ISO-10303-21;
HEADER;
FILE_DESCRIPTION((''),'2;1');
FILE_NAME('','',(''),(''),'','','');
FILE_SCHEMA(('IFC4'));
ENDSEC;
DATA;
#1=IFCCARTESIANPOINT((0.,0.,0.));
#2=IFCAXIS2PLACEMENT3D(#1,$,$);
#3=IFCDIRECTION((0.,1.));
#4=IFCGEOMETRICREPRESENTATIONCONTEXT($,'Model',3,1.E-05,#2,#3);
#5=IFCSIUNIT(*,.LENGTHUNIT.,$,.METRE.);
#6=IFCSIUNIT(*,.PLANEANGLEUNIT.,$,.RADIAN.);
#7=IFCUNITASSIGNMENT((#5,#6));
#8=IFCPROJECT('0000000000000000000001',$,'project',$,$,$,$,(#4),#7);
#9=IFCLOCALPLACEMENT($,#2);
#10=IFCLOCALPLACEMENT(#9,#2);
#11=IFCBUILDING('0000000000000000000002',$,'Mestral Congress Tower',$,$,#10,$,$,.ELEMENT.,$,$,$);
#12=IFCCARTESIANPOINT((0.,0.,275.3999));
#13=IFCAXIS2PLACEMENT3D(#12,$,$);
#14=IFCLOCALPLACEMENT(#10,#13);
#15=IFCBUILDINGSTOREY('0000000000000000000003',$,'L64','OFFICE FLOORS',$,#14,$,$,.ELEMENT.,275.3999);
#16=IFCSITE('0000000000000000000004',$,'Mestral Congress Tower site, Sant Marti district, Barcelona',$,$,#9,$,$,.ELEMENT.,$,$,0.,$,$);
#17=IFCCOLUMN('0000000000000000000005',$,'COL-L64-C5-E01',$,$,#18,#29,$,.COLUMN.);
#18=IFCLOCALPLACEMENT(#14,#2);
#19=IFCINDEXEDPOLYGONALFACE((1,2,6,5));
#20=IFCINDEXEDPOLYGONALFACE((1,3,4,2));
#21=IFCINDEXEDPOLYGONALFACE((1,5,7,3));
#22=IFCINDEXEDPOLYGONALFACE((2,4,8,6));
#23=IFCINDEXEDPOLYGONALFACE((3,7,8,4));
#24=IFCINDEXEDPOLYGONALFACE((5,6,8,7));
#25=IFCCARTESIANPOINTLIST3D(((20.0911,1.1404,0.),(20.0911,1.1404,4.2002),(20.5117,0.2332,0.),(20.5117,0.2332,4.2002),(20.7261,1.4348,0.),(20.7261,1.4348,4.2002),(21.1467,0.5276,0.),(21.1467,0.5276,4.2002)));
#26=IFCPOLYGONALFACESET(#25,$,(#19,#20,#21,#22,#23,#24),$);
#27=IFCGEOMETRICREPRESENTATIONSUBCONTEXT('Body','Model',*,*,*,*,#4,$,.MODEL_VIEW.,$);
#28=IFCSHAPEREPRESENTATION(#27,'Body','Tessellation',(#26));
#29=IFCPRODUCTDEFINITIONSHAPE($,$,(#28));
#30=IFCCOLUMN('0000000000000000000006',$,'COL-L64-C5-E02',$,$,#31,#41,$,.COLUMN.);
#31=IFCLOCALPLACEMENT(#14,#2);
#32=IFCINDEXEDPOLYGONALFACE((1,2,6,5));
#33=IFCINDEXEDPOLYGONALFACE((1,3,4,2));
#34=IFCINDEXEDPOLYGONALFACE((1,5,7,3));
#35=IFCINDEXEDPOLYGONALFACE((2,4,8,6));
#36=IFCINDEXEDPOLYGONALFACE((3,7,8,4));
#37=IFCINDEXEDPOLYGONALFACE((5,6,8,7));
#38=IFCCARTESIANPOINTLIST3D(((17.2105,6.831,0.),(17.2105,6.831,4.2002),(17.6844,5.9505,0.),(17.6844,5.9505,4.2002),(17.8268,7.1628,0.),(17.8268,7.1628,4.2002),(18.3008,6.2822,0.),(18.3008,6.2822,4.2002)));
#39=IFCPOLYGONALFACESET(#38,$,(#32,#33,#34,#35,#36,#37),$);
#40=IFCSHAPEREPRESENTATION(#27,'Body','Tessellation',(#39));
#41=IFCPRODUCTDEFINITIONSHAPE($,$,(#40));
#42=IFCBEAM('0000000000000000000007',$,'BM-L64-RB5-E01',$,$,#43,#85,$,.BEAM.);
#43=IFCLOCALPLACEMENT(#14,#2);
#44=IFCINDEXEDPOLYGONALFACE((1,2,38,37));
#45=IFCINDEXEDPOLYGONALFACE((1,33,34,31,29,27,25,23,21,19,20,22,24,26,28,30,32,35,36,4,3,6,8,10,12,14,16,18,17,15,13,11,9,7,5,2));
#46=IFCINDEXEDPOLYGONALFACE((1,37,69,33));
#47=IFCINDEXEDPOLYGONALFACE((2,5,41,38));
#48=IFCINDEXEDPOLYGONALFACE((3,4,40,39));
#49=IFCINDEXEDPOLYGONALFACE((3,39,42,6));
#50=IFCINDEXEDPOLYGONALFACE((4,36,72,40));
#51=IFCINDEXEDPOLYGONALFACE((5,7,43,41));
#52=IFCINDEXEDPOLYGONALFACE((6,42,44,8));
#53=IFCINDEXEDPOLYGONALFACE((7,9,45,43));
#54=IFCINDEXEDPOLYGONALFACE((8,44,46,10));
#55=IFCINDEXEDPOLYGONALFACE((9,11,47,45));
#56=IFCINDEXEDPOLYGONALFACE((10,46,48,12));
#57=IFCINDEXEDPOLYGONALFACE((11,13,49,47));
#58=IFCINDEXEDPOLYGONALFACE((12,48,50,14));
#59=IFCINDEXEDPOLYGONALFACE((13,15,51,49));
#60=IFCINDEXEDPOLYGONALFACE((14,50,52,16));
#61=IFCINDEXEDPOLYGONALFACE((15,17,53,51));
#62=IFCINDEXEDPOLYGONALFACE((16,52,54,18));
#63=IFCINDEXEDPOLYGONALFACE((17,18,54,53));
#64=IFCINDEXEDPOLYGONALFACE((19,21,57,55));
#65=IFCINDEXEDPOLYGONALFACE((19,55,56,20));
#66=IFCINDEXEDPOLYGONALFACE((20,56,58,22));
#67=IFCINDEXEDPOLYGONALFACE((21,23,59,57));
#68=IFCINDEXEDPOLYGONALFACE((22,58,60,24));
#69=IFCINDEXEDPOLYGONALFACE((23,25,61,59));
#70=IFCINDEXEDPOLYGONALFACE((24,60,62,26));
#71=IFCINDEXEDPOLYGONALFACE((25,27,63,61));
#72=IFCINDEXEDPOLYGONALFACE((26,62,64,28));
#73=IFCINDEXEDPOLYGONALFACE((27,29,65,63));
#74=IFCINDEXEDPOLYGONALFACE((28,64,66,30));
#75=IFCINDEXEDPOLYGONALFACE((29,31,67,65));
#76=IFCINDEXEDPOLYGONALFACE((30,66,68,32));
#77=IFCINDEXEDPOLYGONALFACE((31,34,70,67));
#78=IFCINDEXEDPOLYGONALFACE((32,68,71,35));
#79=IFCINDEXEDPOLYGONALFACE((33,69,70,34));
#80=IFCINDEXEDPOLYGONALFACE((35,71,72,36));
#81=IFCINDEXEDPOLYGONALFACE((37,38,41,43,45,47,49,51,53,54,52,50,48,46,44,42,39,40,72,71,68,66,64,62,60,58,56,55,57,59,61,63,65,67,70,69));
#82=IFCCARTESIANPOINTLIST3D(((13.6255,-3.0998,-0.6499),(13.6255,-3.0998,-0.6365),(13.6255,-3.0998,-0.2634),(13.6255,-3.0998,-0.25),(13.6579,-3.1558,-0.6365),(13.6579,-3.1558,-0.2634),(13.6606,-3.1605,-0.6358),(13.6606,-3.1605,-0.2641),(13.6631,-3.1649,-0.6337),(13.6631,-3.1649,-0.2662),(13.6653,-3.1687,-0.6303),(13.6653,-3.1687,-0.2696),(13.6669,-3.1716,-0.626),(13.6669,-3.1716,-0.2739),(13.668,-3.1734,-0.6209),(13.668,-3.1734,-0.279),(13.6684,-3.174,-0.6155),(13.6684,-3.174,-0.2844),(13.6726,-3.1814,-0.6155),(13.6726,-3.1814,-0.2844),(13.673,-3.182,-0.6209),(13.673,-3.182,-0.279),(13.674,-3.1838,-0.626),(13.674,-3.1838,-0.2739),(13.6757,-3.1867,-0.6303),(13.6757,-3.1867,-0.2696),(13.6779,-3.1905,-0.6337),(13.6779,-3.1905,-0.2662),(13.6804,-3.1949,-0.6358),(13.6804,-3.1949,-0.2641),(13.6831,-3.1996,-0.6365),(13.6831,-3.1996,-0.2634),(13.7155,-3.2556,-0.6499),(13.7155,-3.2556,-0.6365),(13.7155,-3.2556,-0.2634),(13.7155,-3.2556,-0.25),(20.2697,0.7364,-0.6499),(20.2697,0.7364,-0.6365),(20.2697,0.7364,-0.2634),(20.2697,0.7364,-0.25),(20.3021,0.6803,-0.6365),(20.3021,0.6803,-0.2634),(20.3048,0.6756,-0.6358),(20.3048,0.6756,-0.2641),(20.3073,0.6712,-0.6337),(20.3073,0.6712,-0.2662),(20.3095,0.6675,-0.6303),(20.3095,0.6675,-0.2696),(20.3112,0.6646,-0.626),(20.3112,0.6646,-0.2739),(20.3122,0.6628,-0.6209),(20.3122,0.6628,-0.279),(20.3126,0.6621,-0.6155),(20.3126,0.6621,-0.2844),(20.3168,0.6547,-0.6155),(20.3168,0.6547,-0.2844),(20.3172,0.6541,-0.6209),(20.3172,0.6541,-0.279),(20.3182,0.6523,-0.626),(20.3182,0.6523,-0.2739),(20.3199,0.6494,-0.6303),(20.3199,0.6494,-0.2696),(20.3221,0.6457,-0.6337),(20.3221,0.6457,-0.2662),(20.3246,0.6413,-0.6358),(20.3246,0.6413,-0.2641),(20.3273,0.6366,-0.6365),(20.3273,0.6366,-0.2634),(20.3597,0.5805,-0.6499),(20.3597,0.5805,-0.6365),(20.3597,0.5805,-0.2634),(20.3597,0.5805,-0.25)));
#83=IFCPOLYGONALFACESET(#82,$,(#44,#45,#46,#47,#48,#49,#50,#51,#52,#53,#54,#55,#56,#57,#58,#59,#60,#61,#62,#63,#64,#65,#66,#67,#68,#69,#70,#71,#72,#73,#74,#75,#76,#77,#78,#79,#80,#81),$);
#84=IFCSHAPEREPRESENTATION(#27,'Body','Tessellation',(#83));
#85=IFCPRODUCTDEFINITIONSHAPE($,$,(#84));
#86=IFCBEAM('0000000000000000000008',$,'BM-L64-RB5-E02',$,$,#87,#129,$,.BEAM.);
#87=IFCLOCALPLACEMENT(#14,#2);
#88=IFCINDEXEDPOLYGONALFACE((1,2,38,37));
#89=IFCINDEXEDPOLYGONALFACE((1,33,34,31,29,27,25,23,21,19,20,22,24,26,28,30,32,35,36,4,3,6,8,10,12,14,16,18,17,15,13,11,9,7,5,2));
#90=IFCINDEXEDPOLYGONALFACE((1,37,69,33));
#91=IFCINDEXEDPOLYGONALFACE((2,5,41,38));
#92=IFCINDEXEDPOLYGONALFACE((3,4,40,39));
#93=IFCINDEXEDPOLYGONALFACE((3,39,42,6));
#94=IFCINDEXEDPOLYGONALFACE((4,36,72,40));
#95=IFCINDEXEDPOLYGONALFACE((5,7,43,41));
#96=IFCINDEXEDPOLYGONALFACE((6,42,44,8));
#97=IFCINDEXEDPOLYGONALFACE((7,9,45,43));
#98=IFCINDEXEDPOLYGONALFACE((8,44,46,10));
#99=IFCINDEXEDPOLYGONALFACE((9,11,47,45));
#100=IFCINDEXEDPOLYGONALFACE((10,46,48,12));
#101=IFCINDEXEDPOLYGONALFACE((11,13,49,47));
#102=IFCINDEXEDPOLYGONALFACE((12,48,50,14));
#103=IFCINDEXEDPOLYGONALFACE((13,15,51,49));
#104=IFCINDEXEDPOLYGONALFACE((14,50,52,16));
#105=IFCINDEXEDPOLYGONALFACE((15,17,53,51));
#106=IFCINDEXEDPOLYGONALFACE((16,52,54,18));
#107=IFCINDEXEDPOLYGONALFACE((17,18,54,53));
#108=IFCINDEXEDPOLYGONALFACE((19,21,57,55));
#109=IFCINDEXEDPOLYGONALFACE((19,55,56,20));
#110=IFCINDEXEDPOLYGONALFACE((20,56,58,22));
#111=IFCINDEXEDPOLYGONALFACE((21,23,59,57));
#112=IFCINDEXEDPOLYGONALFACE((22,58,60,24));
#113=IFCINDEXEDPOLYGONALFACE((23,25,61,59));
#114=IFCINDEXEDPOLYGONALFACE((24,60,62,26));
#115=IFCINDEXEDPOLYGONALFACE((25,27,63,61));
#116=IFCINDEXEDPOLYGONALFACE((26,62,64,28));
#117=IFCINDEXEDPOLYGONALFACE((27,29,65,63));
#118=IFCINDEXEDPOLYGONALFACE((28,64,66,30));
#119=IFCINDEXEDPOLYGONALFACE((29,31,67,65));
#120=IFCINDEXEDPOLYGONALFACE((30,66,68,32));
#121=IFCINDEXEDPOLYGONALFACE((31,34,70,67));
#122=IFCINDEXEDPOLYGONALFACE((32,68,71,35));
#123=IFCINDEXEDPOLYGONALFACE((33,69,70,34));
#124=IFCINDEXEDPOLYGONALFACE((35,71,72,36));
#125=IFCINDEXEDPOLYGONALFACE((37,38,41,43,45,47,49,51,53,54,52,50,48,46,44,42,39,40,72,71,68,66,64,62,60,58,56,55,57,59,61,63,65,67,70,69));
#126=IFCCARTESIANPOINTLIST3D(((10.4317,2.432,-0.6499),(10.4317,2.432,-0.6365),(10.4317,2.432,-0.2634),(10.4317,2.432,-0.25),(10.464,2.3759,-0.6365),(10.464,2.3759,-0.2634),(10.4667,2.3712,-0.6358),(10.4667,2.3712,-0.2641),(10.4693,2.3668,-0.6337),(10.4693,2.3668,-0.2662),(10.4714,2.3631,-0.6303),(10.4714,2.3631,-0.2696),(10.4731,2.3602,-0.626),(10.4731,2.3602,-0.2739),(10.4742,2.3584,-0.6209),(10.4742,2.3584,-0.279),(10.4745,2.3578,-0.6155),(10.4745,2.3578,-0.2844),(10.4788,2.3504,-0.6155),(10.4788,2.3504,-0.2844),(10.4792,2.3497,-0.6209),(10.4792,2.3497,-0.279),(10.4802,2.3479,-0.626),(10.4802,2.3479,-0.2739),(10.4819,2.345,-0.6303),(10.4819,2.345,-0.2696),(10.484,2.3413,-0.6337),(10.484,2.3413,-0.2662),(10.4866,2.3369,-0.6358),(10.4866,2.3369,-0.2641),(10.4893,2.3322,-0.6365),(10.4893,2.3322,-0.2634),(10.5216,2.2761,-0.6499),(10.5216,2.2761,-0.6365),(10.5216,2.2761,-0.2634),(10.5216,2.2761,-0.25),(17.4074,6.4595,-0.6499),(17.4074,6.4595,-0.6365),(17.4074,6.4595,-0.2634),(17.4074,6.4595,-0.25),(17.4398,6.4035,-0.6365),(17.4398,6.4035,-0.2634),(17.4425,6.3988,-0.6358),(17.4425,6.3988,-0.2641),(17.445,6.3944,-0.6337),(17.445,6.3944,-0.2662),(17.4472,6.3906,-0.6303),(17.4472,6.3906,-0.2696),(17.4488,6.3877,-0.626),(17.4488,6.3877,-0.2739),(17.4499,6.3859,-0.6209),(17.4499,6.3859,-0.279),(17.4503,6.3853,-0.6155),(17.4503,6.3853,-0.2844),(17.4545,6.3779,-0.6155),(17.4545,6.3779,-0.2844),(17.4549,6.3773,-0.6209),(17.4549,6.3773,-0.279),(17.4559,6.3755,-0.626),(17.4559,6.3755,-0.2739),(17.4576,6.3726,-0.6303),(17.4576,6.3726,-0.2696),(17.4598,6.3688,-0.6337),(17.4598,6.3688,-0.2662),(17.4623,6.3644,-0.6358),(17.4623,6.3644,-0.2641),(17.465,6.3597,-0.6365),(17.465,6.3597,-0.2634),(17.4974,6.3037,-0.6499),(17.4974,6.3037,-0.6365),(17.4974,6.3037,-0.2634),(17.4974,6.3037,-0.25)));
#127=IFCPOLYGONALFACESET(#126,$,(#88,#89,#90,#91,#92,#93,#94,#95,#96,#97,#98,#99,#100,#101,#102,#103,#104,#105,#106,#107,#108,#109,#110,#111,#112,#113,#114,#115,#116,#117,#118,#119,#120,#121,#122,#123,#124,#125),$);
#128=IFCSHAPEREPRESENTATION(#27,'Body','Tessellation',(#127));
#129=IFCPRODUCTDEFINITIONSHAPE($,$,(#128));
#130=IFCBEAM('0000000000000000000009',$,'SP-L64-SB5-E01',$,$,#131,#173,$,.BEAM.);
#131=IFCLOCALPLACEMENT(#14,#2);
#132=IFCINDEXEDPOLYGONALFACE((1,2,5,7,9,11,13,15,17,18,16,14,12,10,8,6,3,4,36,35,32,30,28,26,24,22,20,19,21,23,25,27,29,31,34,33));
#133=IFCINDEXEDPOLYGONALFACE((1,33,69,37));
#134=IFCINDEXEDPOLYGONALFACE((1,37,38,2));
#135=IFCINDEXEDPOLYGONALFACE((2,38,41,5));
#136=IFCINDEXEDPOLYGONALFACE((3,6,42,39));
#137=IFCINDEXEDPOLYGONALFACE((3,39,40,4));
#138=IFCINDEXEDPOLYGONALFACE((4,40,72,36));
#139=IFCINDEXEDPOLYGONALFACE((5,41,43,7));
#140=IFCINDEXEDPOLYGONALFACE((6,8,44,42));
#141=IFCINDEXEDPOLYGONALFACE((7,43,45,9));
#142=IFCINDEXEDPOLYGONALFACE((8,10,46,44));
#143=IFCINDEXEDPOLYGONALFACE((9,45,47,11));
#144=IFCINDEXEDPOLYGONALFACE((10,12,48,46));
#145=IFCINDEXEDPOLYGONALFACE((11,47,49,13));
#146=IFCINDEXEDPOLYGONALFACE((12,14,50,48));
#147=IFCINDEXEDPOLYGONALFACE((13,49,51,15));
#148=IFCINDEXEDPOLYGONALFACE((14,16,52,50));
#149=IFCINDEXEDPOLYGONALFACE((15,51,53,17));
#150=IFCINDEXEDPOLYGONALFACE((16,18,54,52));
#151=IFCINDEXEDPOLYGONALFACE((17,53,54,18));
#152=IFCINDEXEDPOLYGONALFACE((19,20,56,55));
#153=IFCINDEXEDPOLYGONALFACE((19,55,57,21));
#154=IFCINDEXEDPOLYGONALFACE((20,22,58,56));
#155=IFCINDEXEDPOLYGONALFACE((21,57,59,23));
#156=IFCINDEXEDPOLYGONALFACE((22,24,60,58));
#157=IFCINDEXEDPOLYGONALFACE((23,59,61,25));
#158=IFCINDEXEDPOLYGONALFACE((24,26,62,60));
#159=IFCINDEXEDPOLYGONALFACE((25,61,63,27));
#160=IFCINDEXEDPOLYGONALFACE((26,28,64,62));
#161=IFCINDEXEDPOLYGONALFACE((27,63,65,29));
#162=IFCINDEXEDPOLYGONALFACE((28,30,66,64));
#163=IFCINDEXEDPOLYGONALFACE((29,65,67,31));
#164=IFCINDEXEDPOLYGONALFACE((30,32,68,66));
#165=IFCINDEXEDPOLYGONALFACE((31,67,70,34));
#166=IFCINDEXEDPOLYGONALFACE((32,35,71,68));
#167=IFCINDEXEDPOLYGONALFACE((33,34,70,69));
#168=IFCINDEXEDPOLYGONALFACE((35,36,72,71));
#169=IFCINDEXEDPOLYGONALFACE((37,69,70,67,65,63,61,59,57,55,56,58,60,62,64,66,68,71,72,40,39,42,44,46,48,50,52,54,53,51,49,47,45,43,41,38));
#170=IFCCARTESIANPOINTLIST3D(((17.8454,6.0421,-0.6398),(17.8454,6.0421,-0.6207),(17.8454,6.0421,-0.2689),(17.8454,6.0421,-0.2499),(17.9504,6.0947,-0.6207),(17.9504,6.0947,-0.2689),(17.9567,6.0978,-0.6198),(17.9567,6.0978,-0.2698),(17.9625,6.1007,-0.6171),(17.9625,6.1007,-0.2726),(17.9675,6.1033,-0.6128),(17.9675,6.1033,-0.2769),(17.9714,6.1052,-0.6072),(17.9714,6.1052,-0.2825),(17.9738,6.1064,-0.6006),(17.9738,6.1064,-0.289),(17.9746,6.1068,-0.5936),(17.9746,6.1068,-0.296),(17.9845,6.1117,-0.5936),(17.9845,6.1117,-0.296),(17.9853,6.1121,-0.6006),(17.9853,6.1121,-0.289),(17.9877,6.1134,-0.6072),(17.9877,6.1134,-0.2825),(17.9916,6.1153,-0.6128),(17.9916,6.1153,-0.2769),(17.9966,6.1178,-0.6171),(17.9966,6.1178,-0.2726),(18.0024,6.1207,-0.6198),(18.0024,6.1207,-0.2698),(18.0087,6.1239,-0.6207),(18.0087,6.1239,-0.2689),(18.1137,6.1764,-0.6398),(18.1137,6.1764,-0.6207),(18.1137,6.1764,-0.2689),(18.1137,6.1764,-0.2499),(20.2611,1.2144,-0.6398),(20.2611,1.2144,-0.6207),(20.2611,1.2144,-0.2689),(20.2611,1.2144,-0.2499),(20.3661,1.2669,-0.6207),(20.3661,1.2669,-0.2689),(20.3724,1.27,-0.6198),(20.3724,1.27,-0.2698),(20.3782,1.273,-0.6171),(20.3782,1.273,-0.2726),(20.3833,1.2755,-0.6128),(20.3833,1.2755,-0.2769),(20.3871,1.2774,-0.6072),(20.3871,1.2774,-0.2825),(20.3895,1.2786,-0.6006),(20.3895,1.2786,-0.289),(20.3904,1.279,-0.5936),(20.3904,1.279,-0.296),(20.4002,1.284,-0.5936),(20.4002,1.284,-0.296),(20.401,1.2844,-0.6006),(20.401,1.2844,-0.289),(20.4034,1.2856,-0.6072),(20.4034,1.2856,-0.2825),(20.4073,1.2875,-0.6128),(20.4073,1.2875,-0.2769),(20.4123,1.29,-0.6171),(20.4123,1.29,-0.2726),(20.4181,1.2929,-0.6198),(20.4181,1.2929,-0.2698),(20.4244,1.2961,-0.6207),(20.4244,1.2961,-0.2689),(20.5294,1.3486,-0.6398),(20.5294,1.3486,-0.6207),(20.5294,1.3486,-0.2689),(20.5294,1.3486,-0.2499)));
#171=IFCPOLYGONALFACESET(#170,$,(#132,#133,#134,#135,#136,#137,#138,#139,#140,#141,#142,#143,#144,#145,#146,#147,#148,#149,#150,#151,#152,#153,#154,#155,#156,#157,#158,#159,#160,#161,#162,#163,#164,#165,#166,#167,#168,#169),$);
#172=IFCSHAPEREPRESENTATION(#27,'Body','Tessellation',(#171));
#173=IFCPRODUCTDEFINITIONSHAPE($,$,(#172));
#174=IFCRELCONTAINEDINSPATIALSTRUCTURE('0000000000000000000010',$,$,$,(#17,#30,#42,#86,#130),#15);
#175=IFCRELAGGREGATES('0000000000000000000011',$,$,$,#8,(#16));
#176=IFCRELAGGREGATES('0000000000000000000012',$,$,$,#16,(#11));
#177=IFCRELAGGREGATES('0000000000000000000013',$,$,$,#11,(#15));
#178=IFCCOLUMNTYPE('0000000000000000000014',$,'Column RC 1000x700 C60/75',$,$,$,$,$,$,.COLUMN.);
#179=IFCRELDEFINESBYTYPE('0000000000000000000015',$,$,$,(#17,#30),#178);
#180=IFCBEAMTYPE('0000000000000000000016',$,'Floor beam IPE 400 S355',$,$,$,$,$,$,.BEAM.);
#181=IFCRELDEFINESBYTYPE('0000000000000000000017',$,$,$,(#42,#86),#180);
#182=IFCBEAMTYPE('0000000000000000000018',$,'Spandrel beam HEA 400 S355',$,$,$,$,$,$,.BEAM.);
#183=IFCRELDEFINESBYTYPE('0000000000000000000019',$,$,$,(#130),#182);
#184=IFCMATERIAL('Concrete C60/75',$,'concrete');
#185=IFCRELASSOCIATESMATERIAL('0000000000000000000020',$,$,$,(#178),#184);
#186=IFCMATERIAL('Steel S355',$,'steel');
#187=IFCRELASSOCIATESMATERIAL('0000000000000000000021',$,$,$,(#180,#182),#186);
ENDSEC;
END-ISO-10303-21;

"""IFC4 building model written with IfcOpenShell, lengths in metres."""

from ifc_helpers import new_model, si_unit, direction, frame, origin, origin_2d, place, context, subcontext, project, spatial, rectangle, i_section, extrude, material, material_profile, profile_set, type_object, element, save


model = new_model("IFC4")

# Units and contexts
model_context = context("Model", 3, precision=1e-05, world=origin(), true_north=direction((0.0, 1.0)))
body_context = subcontext(model_context, "Body", "Model", "MODEL_VIEW")
ifc_project = project(units=[si_unit("LENGTHUNIT", "METRE"), si_unit("PLANEANGLEUNIT", "RADIAN")], contexts=[model_context])

# Site, building, storey
site_placement = place(None, origin())
site = spatial("IfcSite", under=ifc_project, at=site_placement, Name="Mestral Congress Tower site, Sant Marti district, Barcelona", CompositionType="ELEMENT", RefElevation=0.0)
building_placement = place(site_placement, origin())
building = spatial("IfcBuilding", under=site, at=building_placement, Name="Mestral Congress Tower", CompositionType="ELEMENT")
storey_placement = place(building_placement, frame((0.0, 0.0, 275.3999)))
storey = spatial("IfcBuildingStorey", under=building, at=storey_placement, Name="L64", Description="OFFICE FLOORS", CompositionType="ELEMENT", Elevation=275.3999)

# Columns
ifc_material_1 = material(Name="Concrete C60/75", Category="concrete")
ifc_material_profile_1 = material_profile(ifc_material_1, rectangle(XDim=1.0, YDim=0.7, at=origin_2d()), Name="RC 1000x700")
ifc_profile_set_1 = profile_set([ifc_material_profile_1], Name="Concrete C60/75")
column_type = type_object("IfcColumnType", Name="Column RC 1000x700 C60/75", PredefinedType="COLUMN", material=ifc_profile_set_1)
for number, where, z_axis, x_axis, name in (
    (1, (20.6189, 0.834, 0.0), (0.0, 0.0, 1.0), (-0.420596, 0.907248, 0.0), "COL-L64-C5-E01"),
    (2, (17.7556, 6.5566, 0.0), (0.0, 0.0, 1.0), (-0.473945, 0.880554, 0.0), "COL-L64-C5-E02"),
):
    element("IfcColumn", number, at=place(storey_placement, frame(where, z_axis=z_axis, x_axis=x_axis)), inside=storey, type_object=column_type, Name=name, PredefinedType="COLUMN", context=body_context, shape_type="SweptSolid", body=[
        extrude(rectangle(XDim=1.0, YDim=0.7, at=origin_2d()), origin(), (0.0, 0.0, 1.0), 4.2002),
    ])

# Beams
ifc_material_2 = material(Name="Steel S355", Category="steel")
ifc_material_profile_2 = material_profile(ifc_material_2, i_section(OverallWidth=0.1799, OverallDepth=0.3999, WebThickness=0.0085, FlangeThickness=0.0134, FilletRadius=0.021, at=origin_2d()), Name="IPE 400")
ifc_profile_set_2 = profile_set([ifc_material_profile_2], Name="Steel S355")
beam_type_1 = type_object("IfcBeamType", Name="Floor beam IPE 400 S355", PredefinedType="BEAM", material=ifc_profile_set_2)
beam_1_placement = place(storey_placement, frame((20.3147, 0.6584, -0.45), z_axis=(-0.86602, -0.50001, 0.0), x_axis=(0.50001, -0.86602, 0.0)))
element("IfcBeam", 3, at=beam_1_placement, inside=storey, type_object=beam_type_1, Name="BM-L64-RB5-E01", PredefinedType="BEAM", context=body_context, shape_type="SweptSolid", body=[
    extrude(i_section(OverallWidth=0.1799, OverallDepth=0.3999, WebThickness=0.0085, FlangeThickness=0.0134, FilletRadius=0.021, at=origin_2d()), origin(), (0.0, 0.0, 1.0), 7.6721),
])
beam_2_placement = place(storey_placement, frame((17.4524, 6.3816, -0.45), z_axis=(-0.866021, -0.500008, 0.0), x_axis=(0.500008, -0.866021, 0.0)))
element("IfcBeam", 4, at=beam_2_placement, inside=storey, type_object=beam_type_1, Name="BM-L64-RB5-E02", PredefinedType="BEAM", context=body_context, shape_type="SweptSolid", body=[
    extrude(i_section(OverallWidth=0.1799, OverallDepth=0.3999, WebThickness=0.0085, FlangeThickness=0.0134, FilletRadius=0.021, at=origin_2d()), origin(), (0.0, 0.0, 1.0), 8.0549),
])
ifc_material_profile_3 = material_profile(ifc_material_2, i_section(OverallWidth=0.3, OverallDepth=0.3899, WebThickness=0.011, FlangeThickness=0.019, FilletRadius=0.0271, at=origin_2d()), Name="HEA 400")
ifc_profile_set_3 = profile_set([ifc_material_profile_3], Name="Steel S355")
beam_type_2 = type_object("IfcBeamType", Name="Spandrel beam HEA 400 S355", PredefinedType="BEAM", material=ifc_profile_set_3)
beam_3_placement = place(storey_placement, frame((20.3953, 1.2815, -0.4448), z_axis=(-0.447485, 0.894291, 0.0), x_axis=(-0.894291, -0.447485, 0.0)))
element("IfcBeam", 5, at=beam_3_placement, inside=storey, type_object=beam_type_2, Name="SP-L64-SB5-E01", PredefinedType="BEAM", context=body_context, shape_type="SweptSolid", body=[
    extrude(i_section(OverallWidth=0.3, OverallDepth=0.3899, WebThickness=0.011, FlangeThickness=0.019, FilletRadius=0.0271, at=origin_2d()), origin(), (0.0, 0.0, 1.0), 5.3984),
])

save(model, "model.ifc")
